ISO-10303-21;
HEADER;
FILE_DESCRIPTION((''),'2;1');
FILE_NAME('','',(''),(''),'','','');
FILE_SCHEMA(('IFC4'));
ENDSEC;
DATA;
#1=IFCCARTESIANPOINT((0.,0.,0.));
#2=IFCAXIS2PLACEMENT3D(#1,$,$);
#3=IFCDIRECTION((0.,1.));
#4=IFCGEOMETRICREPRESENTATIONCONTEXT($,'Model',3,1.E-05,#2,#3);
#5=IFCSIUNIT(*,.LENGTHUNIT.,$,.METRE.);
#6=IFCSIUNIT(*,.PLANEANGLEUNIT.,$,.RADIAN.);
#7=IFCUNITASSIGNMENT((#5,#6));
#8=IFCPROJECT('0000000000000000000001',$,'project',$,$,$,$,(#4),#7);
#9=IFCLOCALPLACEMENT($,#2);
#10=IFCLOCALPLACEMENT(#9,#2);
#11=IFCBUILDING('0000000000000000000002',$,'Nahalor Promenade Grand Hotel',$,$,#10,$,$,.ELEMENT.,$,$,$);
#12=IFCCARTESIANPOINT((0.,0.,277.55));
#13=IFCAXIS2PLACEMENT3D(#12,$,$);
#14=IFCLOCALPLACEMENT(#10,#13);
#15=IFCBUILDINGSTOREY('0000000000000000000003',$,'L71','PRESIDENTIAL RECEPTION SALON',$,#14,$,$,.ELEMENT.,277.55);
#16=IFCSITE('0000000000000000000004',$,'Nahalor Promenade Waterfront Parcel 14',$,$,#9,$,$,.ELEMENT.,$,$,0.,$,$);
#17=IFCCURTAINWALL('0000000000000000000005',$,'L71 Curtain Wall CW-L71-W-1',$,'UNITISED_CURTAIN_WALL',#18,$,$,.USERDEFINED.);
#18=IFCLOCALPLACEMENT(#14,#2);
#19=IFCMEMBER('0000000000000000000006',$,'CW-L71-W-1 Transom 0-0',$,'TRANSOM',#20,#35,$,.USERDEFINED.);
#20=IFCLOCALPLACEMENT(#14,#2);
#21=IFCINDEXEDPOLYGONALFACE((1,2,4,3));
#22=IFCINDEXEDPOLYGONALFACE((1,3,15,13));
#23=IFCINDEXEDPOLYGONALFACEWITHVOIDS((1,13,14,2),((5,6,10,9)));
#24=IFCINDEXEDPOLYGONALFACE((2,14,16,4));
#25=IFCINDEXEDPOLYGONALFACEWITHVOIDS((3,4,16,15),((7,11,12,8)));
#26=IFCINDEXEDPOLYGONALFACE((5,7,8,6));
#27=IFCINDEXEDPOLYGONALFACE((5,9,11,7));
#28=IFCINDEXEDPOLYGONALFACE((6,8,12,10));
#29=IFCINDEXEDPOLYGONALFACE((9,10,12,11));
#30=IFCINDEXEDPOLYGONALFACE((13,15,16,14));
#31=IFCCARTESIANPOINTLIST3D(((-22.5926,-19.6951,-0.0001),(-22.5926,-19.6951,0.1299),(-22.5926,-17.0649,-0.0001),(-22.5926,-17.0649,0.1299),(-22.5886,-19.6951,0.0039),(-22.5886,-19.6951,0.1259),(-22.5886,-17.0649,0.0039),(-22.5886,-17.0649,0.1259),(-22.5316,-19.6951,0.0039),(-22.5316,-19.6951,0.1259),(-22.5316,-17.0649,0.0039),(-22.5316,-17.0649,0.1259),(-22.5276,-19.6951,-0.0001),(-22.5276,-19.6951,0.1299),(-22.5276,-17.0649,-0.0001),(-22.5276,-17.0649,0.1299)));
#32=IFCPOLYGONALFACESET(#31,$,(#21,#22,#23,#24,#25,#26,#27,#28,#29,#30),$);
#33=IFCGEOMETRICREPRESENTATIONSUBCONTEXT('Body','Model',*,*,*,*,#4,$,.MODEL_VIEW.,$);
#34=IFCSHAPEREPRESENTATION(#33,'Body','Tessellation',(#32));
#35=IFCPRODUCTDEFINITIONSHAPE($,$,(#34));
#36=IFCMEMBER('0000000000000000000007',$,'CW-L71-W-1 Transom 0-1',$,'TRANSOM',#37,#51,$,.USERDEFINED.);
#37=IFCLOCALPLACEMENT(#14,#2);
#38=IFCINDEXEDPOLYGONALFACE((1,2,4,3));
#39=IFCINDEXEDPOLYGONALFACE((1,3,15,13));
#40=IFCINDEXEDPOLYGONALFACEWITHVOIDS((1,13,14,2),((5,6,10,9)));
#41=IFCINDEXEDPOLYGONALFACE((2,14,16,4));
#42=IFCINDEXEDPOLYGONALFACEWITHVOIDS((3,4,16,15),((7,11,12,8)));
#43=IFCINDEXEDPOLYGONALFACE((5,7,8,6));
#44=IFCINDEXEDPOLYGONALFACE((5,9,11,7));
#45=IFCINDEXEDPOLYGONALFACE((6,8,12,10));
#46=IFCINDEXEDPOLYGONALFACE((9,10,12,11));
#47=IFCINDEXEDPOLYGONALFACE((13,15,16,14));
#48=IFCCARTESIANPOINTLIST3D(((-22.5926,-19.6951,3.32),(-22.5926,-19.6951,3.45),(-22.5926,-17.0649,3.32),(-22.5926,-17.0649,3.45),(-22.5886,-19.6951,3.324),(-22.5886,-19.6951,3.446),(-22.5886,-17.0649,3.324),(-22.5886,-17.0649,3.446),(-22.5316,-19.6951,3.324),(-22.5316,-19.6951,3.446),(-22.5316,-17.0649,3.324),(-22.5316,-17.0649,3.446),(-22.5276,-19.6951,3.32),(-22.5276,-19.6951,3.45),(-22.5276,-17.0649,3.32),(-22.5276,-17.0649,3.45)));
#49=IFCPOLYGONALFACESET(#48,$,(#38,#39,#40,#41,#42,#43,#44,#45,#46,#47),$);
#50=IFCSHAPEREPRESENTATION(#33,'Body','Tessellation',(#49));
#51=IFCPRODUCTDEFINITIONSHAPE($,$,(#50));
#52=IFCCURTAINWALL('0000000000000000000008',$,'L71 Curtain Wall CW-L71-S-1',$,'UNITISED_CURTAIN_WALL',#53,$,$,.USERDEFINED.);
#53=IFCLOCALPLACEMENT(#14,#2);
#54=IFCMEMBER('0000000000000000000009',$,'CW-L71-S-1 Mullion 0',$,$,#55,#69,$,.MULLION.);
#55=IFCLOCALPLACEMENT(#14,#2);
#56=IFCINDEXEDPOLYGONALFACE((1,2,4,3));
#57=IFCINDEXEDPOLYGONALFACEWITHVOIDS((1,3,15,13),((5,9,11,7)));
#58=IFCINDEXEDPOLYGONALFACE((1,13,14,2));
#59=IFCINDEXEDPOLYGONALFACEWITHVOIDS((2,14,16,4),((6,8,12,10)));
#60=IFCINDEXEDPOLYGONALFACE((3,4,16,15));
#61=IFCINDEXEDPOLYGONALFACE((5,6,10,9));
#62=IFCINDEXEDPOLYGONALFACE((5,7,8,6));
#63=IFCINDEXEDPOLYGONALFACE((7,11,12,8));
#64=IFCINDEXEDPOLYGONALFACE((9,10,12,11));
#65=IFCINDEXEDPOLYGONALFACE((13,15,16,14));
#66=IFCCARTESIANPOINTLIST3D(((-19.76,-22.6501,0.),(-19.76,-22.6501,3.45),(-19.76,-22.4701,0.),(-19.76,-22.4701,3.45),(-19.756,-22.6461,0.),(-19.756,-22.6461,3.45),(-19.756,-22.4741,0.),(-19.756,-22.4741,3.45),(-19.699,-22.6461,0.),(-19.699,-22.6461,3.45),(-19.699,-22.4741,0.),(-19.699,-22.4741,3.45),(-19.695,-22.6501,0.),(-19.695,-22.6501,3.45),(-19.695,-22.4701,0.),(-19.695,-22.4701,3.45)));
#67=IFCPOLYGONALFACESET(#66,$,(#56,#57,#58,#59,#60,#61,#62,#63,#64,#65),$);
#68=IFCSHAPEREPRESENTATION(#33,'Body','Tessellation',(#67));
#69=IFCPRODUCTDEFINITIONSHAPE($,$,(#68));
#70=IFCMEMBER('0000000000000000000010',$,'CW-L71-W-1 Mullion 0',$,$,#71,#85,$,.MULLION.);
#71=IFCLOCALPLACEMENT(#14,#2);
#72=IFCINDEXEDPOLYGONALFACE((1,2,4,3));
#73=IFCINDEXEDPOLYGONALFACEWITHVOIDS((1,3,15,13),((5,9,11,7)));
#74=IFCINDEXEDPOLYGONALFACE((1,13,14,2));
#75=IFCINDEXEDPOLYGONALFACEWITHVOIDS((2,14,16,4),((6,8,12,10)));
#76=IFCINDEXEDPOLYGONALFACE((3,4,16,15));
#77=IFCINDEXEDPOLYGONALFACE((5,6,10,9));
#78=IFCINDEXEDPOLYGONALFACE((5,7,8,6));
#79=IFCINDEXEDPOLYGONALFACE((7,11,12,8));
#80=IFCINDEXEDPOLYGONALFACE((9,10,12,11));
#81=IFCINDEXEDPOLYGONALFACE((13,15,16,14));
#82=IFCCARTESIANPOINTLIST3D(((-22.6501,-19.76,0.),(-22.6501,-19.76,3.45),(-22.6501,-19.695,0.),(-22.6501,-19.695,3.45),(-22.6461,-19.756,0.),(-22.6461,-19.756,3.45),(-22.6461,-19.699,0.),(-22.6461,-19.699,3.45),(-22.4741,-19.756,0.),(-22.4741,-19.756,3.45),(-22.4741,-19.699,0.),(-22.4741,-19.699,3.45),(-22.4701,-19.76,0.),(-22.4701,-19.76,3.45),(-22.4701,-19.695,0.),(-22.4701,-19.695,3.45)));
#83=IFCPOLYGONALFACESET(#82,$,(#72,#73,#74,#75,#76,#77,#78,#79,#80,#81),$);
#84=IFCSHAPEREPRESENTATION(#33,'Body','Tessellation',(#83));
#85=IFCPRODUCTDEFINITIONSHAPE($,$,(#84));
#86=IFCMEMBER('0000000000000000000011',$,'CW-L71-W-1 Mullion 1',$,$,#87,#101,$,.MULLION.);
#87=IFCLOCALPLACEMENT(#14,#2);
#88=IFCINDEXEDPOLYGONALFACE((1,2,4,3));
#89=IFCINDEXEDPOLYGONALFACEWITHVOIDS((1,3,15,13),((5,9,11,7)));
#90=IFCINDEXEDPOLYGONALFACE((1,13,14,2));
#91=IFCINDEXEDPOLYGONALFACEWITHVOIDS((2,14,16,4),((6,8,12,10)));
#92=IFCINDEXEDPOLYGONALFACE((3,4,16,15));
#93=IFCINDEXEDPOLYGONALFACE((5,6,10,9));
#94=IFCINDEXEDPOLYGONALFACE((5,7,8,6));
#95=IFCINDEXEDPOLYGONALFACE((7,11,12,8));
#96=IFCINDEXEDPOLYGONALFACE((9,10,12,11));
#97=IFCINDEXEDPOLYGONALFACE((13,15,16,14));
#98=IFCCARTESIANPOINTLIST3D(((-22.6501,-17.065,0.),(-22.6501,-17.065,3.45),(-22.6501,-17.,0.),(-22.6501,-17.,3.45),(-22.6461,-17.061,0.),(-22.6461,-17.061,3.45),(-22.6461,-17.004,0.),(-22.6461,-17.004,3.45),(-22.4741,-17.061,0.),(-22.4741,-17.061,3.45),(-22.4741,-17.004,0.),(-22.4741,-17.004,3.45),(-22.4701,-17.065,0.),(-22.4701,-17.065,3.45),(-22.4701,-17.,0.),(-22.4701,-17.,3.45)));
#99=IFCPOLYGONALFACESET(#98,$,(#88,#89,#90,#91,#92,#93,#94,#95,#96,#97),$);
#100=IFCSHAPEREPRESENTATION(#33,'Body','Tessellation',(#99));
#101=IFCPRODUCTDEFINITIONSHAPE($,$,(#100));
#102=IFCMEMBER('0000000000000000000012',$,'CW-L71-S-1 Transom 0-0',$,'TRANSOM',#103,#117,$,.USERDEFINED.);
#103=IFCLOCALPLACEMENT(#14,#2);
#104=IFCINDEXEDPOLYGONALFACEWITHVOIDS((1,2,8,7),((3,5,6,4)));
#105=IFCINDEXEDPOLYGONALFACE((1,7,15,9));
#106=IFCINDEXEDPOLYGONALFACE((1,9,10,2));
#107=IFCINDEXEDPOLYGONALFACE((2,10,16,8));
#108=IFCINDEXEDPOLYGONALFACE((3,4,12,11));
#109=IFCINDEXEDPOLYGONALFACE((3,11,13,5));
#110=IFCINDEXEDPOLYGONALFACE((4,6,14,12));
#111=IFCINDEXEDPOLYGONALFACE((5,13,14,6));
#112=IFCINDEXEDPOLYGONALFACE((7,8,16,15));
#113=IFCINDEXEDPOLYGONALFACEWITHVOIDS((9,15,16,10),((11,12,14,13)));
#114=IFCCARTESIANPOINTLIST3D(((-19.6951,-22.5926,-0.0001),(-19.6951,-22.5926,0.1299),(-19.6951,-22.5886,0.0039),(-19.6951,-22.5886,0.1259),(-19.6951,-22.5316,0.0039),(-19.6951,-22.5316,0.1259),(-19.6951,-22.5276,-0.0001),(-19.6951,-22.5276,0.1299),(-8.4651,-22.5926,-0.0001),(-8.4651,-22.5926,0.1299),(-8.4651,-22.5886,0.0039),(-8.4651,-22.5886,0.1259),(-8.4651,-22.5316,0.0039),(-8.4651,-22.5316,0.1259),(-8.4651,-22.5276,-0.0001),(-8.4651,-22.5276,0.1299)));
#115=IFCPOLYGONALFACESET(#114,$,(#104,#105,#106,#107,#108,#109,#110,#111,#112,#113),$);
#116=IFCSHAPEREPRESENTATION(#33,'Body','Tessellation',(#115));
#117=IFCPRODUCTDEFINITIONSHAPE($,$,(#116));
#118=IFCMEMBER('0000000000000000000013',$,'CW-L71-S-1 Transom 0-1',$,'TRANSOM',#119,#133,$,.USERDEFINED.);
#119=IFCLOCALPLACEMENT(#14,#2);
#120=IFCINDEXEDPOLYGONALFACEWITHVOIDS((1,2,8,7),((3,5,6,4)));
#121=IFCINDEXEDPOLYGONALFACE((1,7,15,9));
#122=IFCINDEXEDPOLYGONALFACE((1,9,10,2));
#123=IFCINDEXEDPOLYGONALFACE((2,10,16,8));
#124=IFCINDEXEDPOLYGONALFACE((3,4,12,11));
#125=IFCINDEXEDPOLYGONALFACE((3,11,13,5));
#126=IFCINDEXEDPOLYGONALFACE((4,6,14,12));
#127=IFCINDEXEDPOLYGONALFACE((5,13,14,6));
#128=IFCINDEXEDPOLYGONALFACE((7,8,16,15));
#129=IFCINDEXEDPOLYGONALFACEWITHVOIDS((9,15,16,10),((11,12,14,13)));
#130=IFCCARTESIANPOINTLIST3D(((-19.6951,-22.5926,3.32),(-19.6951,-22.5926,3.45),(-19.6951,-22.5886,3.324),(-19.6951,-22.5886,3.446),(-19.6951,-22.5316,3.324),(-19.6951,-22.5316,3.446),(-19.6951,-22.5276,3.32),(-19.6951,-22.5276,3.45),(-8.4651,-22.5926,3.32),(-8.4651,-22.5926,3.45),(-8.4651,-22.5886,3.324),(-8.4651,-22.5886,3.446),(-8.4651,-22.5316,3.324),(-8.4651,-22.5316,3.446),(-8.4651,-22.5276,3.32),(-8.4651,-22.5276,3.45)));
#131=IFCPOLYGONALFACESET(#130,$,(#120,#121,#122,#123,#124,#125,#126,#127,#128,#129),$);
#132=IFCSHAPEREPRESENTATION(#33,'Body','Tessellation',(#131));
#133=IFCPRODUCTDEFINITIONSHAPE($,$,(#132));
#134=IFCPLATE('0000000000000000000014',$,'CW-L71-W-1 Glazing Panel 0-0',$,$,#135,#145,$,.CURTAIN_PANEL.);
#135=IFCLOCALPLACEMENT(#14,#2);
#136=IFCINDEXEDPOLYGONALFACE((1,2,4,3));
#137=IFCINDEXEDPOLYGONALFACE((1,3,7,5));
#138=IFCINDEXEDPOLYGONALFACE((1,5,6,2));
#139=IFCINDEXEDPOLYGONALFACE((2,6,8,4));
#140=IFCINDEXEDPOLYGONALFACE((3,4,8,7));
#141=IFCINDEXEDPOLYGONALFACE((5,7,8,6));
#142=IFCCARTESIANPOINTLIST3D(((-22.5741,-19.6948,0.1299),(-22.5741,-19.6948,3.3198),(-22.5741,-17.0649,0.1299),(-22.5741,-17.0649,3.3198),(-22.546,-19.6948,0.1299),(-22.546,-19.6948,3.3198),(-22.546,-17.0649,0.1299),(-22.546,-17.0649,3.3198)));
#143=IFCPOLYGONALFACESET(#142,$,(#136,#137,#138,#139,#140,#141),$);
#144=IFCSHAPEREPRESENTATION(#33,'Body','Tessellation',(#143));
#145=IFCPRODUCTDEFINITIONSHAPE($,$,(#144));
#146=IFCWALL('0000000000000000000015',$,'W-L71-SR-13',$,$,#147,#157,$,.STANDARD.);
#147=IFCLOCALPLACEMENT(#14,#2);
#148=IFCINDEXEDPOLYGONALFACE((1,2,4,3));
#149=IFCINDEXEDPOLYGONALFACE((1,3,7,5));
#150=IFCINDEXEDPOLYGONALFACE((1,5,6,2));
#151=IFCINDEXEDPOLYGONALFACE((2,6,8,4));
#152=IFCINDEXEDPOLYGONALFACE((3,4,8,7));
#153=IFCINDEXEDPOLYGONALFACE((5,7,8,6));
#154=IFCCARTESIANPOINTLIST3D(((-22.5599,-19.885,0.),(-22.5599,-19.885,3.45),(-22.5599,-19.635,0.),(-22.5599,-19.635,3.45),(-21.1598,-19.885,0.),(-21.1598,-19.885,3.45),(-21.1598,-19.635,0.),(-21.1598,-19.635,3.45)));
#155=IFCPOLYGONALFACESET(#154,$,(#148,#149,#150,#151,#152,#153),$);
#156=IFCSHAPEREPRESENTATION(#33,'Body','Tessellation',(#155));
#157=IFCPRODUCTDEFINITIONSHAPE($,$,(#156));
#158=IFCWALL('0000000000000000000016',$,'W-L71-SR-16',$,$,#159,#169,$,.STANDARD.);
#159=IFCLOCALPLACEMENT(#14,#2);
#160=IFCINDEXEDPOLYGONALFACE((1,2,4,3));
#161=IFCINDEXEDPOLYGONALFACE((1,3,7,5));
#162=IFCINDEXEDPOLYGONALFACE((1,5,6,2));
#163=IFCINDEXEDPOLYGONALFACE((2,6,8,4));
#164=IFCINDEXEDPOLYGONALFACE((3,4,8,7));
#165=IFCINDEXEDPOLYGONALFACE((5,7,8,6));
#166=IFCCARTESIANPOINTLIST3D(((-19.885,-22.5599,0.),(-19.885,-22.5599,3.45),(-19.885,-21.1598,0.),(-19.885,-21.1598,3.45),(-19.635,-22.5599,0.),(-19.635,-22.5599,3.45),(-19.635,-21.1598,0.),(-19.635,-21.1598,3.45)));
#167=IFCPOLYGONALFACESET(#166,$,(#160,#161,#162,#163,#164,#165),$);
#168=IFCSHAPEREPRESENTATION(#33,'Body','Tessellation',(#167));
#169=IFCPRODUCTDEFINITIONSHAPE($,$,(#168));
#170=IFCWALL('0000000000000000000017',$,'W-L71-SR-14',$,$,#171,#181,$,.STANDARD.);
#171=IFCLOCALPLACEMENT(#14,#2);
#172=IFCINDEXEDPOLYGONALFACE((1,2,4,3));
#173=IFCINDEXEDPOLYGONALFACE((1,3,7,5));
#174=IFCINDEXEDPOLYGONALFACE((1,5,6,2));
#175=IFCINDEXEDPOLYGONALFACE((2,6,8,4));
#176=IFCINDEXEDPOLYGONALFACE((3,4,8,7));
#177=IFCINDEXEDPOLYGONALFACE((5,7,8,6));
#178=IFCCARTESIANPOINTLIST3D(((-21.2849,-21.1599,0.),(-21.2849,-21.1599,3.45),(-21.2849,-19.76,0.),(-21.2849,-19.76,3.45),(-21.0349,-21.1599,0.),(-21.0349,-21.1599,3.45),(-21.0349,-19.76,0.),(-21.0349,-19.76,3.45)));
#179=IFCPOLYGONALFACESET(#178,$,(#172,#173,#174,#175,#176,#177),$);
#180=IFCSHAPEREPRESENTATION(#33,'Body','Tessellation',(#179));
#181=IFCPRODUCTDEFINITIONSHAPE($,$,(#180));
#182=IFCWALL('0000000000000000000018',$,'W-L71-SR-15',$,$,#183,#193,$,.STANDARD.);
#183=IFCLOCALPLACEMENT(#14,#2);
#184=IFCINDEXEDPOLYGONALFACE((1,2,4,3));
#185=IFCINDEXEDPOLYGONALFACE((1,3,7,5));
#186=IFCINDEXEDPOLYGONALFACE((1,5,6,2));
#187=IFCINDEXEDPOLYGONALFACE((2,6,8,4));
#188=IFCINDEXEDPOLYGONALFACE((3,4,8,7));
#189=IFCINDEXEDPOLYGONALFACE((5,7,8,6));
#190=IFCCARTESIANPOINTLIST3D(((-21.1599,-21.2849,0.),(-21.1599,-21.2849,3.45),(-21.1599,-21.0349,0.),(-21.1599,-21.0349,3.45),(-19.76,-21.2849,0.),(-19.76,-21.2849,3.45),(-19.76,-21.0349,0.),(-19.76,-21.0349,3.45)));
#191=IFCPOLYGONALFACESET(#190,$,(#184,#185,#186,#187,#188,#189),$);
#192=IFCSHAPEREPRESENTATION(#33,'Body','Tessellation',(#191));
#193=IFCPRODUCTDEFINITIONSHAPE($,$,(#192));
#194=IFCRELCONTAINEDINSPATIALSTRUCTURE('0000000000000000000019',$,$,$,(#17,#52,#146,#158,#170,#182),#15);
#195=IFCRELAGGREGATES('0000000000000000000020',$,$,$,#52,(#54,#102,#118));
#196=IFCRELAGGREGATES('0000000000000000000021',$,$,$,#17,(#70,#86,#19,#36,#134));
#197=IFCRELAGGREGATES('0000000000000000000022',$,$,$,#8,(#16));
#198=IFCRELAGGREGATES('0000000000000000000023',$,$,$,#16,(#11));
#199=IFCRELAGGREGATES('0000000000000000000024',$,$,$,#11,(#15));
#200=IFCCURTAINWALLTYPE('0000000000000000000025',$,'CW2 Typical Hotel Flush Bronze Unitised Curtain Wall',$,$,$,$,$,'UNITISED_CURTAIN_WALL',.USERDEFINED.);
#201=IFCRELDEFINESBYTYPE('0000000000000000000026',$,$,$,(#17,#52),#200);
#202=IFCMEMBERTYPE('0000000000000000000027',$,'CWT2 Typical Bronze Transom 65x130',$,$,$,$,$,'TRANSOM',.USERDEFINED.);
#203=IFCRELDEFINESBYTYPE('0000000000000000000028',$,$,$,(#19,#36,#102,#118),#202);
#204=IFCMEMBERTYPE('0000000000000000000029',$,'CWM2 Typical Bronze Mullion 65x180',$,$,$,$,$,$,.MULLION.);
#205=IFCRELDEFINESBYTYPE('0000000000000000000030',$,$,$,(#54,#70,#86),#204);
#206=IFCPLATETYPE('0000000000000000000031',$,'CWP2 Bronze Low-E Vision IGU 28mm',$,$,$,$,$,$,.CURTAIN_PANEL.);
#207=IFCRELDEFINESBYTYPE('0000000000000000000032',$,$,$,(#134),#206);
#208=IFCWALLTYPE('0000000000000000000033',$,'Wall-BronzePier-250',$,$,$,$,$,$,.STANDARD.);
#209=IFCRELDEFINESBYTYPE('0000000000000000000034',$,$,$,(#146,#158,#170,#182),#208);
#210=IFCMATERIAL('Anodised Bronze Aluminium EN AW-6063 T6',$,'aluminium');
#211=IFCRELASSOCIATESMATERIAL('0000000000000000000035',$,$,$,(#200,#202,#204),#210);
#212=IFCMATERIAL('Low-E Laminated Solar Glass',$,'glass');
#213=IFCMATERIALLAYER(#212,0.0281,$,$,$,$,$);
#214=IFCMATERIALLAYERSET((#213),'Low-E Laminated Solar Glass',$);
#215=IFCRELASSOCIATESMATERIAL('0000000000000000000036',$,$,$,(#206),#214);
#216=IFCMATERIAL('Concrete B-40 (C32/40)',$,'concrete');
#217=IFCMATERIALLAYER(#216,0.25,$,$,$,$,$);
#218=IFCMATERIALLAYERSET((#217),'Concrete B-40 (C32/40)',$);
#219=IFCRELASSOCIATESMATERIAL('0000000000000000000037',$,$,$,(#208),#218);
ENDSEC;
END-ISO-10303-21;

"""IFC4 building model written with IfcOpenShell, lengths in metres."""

from ifc_helpers import new_model, si_unit, direction, frame, frame_2d, origin, origin_2d, place, context, subcontext, project, spatial, rectangle, hollow_rectangle, extrude, source, transform, mapped, material, layer, layer_set, material_profile, profile_set, type_object, element, aggregate, save


model = new_model("IFC4")

# Units and contexts
model_context = context("Model", 3, precision=1e-05, world=origin(), true_north=direction((0.0, 1.0)))
body_context = subcontext(model_context, "Body", "Model", "MODEL_VIEW")
ifc_project = project(units=[si_unit("LENGTHUNIT", "METRE"), si_unit("PLANEANGLEUNIT", "RADIAN")], contexts=[model_context])

# Site, building, storey
site_placement = place(None, origin())
site = spatial("IfcSite", under=ifc_project, at=site_placement, Name="Nahalor Promenade Waterfront Parcel 14", CompositionType="ELEMENT", RefElevation=0.0)
building_placement = place(site_placement, origin())
building = spatial("IfcBuilding", under=site, at=building_placement, Name="Nahalor Promenade Grand Hotel", CompositionType="ELEMENT")
storey_placement = place(building_placement, frame((0.0, 0.0, 277.55)))
storey = spatial("IfcBuildingStorey", under=building, at=storey_placement, Name="L71", Description="PRESIDENTIAL RECEPTION SALON", CompositionType="ELEMENT", Elevation=277.55)

# Curtain wall, members
ifc_material_1 = material(Name="Anodised Bronze Aluminium EN AW-6063 T6", Category="aluminium")
curtain_wall_type = type_object("IfcCurtainWallType", Name="CW2 Typical Hotel Flush Bronze Unitised Curtain Wall", ElementType="UNITISED_CURTAIN_WALL", PredefinedType="USERDEFINED", material=ifc_material_1)
curtain_wall_1_placement = place(storey_placement, origin())
curtain_wall_1 = element("IfcCurtainWall", 1, at=curtain_wall_1_placement, inside=storey, type_object=curtain_wall_type, Name="L71 Curtain Wall CW-L71-W-1", ObjectType="UNITISED_CURTAIN_WALL", PredefinedType="USERDEFINED")
ifc_material_profile_1 = material_profile(ifc_material_1, hollow_rectangle(XDim=0.065, YDim=0.13, WallThickness=0.004, at=origin_2d()), Name="CWT 65x130x4")
ifc_profile_set_1 = profile_set([ifc_material_profile_1], Name="Anodised Bronze Aluminium EN AW-6063 T6")
member_type_1 = type_object("IfcMemberType", Name="CWT2 Typical Bronze Transom 65x130", ElementType="TRANSOM", PredefinedType="USERDEFINED", material=ifc_profile_set_1)
shared_shape_1 = source(origin(), body_context, "Body", "SweptSolid", [
    extrude(hollow_rectangle(XDim=0.065, YDim=0.13, WallThickness=0.004, at=origin_2d()), origin(), (0.0, 0.0, 1.0), 2.6301),
])
member_1_placement = place(storey_placement, frame((-22.5601, -19.6951, 0.0649), z_axis=(0.0, 1.0, 0.0), x_axis=(-1.0, 0.0, 0.0)))
member_1 = element("IfcMember", 2, at=member_1_placement, type_object=member_type_1, Name="CW-L71-W-1 Transom 0-0", ObjectType="TRANSOM", PredefinedType="USERDEFINED", context=body_context, shape_type="MappedRepresentation", body=[
    mapped(shared_shape_1, transform((0.0, 0.0, 0.0), scale=1.0)),
])
member_2_placement = place(storey_placement, frame((-22.5601, -19.6951, 3.385), z_axis=(0.0, 1.0, 0.0), x_axis=(-1.0, 0.0, 0.0)))
member_2 = element("IfcMember", 3, at=member_2_placement, type_object=member_type_1, Name="CW-L71-W-1 Transom 0-1", ObjectType="TRANSOM", PredefinedType="USERDEFINED", context=body_context, shape_type="MappedRepresentation", body=[
    mapped(shared_shape_1, transform((0.0, 0.0, 0.0), scale=1.0)),
])

# Curtain wall, member
curtain_wall_2_placement = place(storey_placement, origin())
curtain_wall_2 = element("IfcCurtainWall", 4, at=curtain_wall_2_placement, inside=storey, type_object=curtain_wall_type, Name="L71 Curtain Wall CW-L71-S-1", ObjectType="UNITISED_CURTAIN_WALL", PredefinedType="USERDEFINED")
ifc_material_profile_2 = material_profile(ifc_material_1, hollow_rectangle(XDim=0.065, YDim=0.18, WallThickness=0.004, at=origin_2d()), Name="CWM 65x180x4")
ifc_profile_set_2 = profile_set([ifc_material_profile_2], Name="Anodised Bronze Aluminium EN AW-6063 T6")
member_type_2 = type_object("IfcMemberType", Name="CWM2 Typical Bronze Mullion 65x180", PredefinedType="MULLION", material=ifc_profile_set_2)
shared_shape_2 = source(origin(), body_context, "Body", "SweptSolid", [
    extrude(hollow_rectangle(XDim=0.065, YDim=0.18, WallThickness=0.004, at=origin_2d()), origin(), (0.0, 0.0, 1.0), 3.45),
])
member_3_placement = place(storey_placement, frame((-19.7275, -22.5601, 0.0), z_axis=(0.0, 0.0, 1.0), x_axis=(1.0, 0.0, 0.0)))
member_3 = element("IfcMember", 5, at=member_3_placement, type_object=member_type_2, Name="CW-L71-S-1 Mullion 0", PredefinedType="MULLION", context=body_context, shape_type="MappedRepresentation", body=[
    mapped(shared_shape_2, transform((0.0, 0.0, 0.0), scale=1.0)),
])

# Members
member_4_placement = place(storey_placement, frame((-22.5601, -19.7275, 0.0), z_axis=(0.0, 0.0, 1.0), x_axis=(0.0, 1.0, 0.0)))
member_4 = element("IfcMember", 6, at=member_4_placement, type_object=member_type_2, Name="CW-L71-W-1 Mullion 0", PredefinedType="MULLION", context=body_context, shape_type="MappedRepresentation", body=[
    mapped(shared_shape_2, transform((0.0, 0.0, 0.0), scale=1.0)),
])
member_5_placement = place(storey_placement, frame((-22.5601, -17.0325, 0.0), z_axis=(0.0, 0.0, 1.0), x_axis=(0.0, 1.0, 0.0)))
member_5 = element("IfcMember", 7, at=member_5_placement, type_object=member_type_2, Name="CW-L71-W-1 Mullion 1", PredefinedType="MULLION", context=body_context, shape_type="MappedRepresentation", body=[
    mapped(shared_shape_2, transform((0.0, 0.0, 0.0), scale=1.0)),
])
shared_shape_3 = source(origin(), body_context, "Body", "SweptSolid", [
    extrude(hollow_rectangle(XDim=0.065, YDim=0.13, WallThickness=0.004, at=origin_2d()), origin(), (0.0, 0.0, 1.0), 11.23),
])
member_6_placement = place(storey_placement, frame((-19.6951, -22.5601, 0.0649), z_axis=(1.0, 0.0, 0.0), x_axis=(0.0, 1.0, 0.0)))
member_6 = element("IfcMember", 8, at=member_6_placement, type_object=member_type_1, Name="CW-L71-S-1 Transom 0-0", ObjectType="TRANSOM", PredefinedType="USERDEFINED", context=body_context, shape_type="MappedRepresentation", body=[
    mapped(shared_shape_3, transform((0.0, 0.0, 0.0), scale=1.0)),
])
member_7_placement = place(storey_placement, frame((-19.6951, -22.5601, 3.385), z_axis=(1.0, 0.0, 0.0), x_axis=(0.0, 1.0, 0.0)))
member_7 = element("IfcMember", 9, at=member_7_placement, type_object=member_type_1, Name="CW-L71-S-1 Transom 0-1", ObjectType="TRANSOM", PredefinedType="USERDEFINED", context=body_context, shape_type="MappedRepresentation", body=[
    mapped(shared_shape_3, transform((0.0, 0.0, 0.0), scale=1.0)),
])
aggregate(curtain_wall_2, [member_3, member_6, member_7])

# Plate
ifc_material_2 = material(Name="Low-E Laminated Solar Glass", Category="glass")
ifc_layer_1 = layer(ifc_material_2, 0.0281)
ifc_layer_set_1 = layer_set([ifc_layer_1], Name="Low-E Laminated Solar Glass")
plate_type = type_object("IfcPlateType", Name="CWP2 Bronze Low-E Vision IGU 28mm", PredefinedType="CURTAIN_PANEL", material=ifc_layer_set_1)
shared_shape_4 = source(origin(), body_context, "Body", "SweptSolid", [
    extrude(rectangle(XDim=2.6299, YDim=0.0281, at=origin_2d()), origin(), (0.0, 0.0, 1.0), 3.1899),
])
plate_placement = place(storey_placement, frame((-22.5601, -18.3799, 0.1299), z_axis=(0.0, 0.0, 1.0), x_axis=(0.0, 1.0, 0.0)))
plate = element("IfcPlate", 10, at=plate_placement, type_object=plate_type, Name="CW-L71-W-1 Glazing Panel 0-0", PredefinedType="CURTAIN_PANEL", context=body_context, shape_type="MappedRepresentation", body=[
    mapped(shared_shape_4, transform((0.0, 0.0, 0.0), scale=1.0)),
])
aggregate(curtain_wall_1, [member_4, member_5, member_1, member_2, plate])

# Walls
ifc_material_3 = material(Name="Concrete B-40 (C32/40)", Category="concrete")
ifc_layer_2 = layer(ifc_material_3, 0.25)
ifc_layer_set_2 = layer_set([ifc_layer_2], Name="Concrete B-40 (C32/40)")
wall_type_1 = type_object("IfcWallType", Name="Wall-BronzePier-250", PredefinedType="STANDARD", material=ifc_layer_set_2)
shared_shape_5 = source(origin(), body_context, "Body", "SweptSolid", [
    extrude(rectangle(XDim=1.4001, YDim=0.25, at=frame_2d((0.7002, 0.0))), origin(), (0.0, 0.0, 1.0), 3.45),
])
for number, where, z_axis, x_axis, name in (
    (11, (-22.5601, -19.76, 0.0), (0.0, 0.0, 1.0), (1.0, 0.0, 0.0), "W-L71-SR-13"),
    (12, (-19.76, -22.5601, 0.0), (0.0, 0.0, 1.0), (0.0, 1.0, 0.0), "W-L71-SR-16"),
):
    element("IfcWall", number, at=place(storey_placement, frame(where, z_axis=z_axis, x_axis=x_axis)), inside=storey, type_object=wall_type_1, Name=name, PredefinedType="STANDARD", context=body_context, shape_type="MappedRepresentation", body=[
        mapped(shared_shape_5, transform((0.0, 0.0, 0.0), scale=1.0)),
    ])
shared_shape_6 = source(origin(), body_context, "Body", "SweptSolid", [
    extrude(rectangle(XDim=1.3999, YDim=0.25, at=frame_2d((0.7, 0.0))), origin(), (0.0, 0.0, 1.0), 3.45),
])
for number, where, z_axis, x_axis, name in (
    (13, (-21.1599, -21.1599, 0.0), (0.0, 0.0, 1.0), (0.0, 1.0, 0.0), "W-L71-SR-14"),
    (14, (-21.1599, -21.1599, 0.0), (0.0, 0.0, 1.0), (1.0, 0.0, 0.0), "W-L71-SR-15"),
):
    element("IfcWall", number, at=place(storey_placement, frame(where, z_axis=z_axis, x_axis=x_axis)), inside=storey, type_object=wall_type_1, Name=name, PredefinedType="STANDARD", context=body_context, shape_type="MappedRepresentation", body=[
        mapped(shared_shape_6, transform((0.0, 0.0, 0.0), scale=1.0)),
    ])

save(model, "model.ifc")
